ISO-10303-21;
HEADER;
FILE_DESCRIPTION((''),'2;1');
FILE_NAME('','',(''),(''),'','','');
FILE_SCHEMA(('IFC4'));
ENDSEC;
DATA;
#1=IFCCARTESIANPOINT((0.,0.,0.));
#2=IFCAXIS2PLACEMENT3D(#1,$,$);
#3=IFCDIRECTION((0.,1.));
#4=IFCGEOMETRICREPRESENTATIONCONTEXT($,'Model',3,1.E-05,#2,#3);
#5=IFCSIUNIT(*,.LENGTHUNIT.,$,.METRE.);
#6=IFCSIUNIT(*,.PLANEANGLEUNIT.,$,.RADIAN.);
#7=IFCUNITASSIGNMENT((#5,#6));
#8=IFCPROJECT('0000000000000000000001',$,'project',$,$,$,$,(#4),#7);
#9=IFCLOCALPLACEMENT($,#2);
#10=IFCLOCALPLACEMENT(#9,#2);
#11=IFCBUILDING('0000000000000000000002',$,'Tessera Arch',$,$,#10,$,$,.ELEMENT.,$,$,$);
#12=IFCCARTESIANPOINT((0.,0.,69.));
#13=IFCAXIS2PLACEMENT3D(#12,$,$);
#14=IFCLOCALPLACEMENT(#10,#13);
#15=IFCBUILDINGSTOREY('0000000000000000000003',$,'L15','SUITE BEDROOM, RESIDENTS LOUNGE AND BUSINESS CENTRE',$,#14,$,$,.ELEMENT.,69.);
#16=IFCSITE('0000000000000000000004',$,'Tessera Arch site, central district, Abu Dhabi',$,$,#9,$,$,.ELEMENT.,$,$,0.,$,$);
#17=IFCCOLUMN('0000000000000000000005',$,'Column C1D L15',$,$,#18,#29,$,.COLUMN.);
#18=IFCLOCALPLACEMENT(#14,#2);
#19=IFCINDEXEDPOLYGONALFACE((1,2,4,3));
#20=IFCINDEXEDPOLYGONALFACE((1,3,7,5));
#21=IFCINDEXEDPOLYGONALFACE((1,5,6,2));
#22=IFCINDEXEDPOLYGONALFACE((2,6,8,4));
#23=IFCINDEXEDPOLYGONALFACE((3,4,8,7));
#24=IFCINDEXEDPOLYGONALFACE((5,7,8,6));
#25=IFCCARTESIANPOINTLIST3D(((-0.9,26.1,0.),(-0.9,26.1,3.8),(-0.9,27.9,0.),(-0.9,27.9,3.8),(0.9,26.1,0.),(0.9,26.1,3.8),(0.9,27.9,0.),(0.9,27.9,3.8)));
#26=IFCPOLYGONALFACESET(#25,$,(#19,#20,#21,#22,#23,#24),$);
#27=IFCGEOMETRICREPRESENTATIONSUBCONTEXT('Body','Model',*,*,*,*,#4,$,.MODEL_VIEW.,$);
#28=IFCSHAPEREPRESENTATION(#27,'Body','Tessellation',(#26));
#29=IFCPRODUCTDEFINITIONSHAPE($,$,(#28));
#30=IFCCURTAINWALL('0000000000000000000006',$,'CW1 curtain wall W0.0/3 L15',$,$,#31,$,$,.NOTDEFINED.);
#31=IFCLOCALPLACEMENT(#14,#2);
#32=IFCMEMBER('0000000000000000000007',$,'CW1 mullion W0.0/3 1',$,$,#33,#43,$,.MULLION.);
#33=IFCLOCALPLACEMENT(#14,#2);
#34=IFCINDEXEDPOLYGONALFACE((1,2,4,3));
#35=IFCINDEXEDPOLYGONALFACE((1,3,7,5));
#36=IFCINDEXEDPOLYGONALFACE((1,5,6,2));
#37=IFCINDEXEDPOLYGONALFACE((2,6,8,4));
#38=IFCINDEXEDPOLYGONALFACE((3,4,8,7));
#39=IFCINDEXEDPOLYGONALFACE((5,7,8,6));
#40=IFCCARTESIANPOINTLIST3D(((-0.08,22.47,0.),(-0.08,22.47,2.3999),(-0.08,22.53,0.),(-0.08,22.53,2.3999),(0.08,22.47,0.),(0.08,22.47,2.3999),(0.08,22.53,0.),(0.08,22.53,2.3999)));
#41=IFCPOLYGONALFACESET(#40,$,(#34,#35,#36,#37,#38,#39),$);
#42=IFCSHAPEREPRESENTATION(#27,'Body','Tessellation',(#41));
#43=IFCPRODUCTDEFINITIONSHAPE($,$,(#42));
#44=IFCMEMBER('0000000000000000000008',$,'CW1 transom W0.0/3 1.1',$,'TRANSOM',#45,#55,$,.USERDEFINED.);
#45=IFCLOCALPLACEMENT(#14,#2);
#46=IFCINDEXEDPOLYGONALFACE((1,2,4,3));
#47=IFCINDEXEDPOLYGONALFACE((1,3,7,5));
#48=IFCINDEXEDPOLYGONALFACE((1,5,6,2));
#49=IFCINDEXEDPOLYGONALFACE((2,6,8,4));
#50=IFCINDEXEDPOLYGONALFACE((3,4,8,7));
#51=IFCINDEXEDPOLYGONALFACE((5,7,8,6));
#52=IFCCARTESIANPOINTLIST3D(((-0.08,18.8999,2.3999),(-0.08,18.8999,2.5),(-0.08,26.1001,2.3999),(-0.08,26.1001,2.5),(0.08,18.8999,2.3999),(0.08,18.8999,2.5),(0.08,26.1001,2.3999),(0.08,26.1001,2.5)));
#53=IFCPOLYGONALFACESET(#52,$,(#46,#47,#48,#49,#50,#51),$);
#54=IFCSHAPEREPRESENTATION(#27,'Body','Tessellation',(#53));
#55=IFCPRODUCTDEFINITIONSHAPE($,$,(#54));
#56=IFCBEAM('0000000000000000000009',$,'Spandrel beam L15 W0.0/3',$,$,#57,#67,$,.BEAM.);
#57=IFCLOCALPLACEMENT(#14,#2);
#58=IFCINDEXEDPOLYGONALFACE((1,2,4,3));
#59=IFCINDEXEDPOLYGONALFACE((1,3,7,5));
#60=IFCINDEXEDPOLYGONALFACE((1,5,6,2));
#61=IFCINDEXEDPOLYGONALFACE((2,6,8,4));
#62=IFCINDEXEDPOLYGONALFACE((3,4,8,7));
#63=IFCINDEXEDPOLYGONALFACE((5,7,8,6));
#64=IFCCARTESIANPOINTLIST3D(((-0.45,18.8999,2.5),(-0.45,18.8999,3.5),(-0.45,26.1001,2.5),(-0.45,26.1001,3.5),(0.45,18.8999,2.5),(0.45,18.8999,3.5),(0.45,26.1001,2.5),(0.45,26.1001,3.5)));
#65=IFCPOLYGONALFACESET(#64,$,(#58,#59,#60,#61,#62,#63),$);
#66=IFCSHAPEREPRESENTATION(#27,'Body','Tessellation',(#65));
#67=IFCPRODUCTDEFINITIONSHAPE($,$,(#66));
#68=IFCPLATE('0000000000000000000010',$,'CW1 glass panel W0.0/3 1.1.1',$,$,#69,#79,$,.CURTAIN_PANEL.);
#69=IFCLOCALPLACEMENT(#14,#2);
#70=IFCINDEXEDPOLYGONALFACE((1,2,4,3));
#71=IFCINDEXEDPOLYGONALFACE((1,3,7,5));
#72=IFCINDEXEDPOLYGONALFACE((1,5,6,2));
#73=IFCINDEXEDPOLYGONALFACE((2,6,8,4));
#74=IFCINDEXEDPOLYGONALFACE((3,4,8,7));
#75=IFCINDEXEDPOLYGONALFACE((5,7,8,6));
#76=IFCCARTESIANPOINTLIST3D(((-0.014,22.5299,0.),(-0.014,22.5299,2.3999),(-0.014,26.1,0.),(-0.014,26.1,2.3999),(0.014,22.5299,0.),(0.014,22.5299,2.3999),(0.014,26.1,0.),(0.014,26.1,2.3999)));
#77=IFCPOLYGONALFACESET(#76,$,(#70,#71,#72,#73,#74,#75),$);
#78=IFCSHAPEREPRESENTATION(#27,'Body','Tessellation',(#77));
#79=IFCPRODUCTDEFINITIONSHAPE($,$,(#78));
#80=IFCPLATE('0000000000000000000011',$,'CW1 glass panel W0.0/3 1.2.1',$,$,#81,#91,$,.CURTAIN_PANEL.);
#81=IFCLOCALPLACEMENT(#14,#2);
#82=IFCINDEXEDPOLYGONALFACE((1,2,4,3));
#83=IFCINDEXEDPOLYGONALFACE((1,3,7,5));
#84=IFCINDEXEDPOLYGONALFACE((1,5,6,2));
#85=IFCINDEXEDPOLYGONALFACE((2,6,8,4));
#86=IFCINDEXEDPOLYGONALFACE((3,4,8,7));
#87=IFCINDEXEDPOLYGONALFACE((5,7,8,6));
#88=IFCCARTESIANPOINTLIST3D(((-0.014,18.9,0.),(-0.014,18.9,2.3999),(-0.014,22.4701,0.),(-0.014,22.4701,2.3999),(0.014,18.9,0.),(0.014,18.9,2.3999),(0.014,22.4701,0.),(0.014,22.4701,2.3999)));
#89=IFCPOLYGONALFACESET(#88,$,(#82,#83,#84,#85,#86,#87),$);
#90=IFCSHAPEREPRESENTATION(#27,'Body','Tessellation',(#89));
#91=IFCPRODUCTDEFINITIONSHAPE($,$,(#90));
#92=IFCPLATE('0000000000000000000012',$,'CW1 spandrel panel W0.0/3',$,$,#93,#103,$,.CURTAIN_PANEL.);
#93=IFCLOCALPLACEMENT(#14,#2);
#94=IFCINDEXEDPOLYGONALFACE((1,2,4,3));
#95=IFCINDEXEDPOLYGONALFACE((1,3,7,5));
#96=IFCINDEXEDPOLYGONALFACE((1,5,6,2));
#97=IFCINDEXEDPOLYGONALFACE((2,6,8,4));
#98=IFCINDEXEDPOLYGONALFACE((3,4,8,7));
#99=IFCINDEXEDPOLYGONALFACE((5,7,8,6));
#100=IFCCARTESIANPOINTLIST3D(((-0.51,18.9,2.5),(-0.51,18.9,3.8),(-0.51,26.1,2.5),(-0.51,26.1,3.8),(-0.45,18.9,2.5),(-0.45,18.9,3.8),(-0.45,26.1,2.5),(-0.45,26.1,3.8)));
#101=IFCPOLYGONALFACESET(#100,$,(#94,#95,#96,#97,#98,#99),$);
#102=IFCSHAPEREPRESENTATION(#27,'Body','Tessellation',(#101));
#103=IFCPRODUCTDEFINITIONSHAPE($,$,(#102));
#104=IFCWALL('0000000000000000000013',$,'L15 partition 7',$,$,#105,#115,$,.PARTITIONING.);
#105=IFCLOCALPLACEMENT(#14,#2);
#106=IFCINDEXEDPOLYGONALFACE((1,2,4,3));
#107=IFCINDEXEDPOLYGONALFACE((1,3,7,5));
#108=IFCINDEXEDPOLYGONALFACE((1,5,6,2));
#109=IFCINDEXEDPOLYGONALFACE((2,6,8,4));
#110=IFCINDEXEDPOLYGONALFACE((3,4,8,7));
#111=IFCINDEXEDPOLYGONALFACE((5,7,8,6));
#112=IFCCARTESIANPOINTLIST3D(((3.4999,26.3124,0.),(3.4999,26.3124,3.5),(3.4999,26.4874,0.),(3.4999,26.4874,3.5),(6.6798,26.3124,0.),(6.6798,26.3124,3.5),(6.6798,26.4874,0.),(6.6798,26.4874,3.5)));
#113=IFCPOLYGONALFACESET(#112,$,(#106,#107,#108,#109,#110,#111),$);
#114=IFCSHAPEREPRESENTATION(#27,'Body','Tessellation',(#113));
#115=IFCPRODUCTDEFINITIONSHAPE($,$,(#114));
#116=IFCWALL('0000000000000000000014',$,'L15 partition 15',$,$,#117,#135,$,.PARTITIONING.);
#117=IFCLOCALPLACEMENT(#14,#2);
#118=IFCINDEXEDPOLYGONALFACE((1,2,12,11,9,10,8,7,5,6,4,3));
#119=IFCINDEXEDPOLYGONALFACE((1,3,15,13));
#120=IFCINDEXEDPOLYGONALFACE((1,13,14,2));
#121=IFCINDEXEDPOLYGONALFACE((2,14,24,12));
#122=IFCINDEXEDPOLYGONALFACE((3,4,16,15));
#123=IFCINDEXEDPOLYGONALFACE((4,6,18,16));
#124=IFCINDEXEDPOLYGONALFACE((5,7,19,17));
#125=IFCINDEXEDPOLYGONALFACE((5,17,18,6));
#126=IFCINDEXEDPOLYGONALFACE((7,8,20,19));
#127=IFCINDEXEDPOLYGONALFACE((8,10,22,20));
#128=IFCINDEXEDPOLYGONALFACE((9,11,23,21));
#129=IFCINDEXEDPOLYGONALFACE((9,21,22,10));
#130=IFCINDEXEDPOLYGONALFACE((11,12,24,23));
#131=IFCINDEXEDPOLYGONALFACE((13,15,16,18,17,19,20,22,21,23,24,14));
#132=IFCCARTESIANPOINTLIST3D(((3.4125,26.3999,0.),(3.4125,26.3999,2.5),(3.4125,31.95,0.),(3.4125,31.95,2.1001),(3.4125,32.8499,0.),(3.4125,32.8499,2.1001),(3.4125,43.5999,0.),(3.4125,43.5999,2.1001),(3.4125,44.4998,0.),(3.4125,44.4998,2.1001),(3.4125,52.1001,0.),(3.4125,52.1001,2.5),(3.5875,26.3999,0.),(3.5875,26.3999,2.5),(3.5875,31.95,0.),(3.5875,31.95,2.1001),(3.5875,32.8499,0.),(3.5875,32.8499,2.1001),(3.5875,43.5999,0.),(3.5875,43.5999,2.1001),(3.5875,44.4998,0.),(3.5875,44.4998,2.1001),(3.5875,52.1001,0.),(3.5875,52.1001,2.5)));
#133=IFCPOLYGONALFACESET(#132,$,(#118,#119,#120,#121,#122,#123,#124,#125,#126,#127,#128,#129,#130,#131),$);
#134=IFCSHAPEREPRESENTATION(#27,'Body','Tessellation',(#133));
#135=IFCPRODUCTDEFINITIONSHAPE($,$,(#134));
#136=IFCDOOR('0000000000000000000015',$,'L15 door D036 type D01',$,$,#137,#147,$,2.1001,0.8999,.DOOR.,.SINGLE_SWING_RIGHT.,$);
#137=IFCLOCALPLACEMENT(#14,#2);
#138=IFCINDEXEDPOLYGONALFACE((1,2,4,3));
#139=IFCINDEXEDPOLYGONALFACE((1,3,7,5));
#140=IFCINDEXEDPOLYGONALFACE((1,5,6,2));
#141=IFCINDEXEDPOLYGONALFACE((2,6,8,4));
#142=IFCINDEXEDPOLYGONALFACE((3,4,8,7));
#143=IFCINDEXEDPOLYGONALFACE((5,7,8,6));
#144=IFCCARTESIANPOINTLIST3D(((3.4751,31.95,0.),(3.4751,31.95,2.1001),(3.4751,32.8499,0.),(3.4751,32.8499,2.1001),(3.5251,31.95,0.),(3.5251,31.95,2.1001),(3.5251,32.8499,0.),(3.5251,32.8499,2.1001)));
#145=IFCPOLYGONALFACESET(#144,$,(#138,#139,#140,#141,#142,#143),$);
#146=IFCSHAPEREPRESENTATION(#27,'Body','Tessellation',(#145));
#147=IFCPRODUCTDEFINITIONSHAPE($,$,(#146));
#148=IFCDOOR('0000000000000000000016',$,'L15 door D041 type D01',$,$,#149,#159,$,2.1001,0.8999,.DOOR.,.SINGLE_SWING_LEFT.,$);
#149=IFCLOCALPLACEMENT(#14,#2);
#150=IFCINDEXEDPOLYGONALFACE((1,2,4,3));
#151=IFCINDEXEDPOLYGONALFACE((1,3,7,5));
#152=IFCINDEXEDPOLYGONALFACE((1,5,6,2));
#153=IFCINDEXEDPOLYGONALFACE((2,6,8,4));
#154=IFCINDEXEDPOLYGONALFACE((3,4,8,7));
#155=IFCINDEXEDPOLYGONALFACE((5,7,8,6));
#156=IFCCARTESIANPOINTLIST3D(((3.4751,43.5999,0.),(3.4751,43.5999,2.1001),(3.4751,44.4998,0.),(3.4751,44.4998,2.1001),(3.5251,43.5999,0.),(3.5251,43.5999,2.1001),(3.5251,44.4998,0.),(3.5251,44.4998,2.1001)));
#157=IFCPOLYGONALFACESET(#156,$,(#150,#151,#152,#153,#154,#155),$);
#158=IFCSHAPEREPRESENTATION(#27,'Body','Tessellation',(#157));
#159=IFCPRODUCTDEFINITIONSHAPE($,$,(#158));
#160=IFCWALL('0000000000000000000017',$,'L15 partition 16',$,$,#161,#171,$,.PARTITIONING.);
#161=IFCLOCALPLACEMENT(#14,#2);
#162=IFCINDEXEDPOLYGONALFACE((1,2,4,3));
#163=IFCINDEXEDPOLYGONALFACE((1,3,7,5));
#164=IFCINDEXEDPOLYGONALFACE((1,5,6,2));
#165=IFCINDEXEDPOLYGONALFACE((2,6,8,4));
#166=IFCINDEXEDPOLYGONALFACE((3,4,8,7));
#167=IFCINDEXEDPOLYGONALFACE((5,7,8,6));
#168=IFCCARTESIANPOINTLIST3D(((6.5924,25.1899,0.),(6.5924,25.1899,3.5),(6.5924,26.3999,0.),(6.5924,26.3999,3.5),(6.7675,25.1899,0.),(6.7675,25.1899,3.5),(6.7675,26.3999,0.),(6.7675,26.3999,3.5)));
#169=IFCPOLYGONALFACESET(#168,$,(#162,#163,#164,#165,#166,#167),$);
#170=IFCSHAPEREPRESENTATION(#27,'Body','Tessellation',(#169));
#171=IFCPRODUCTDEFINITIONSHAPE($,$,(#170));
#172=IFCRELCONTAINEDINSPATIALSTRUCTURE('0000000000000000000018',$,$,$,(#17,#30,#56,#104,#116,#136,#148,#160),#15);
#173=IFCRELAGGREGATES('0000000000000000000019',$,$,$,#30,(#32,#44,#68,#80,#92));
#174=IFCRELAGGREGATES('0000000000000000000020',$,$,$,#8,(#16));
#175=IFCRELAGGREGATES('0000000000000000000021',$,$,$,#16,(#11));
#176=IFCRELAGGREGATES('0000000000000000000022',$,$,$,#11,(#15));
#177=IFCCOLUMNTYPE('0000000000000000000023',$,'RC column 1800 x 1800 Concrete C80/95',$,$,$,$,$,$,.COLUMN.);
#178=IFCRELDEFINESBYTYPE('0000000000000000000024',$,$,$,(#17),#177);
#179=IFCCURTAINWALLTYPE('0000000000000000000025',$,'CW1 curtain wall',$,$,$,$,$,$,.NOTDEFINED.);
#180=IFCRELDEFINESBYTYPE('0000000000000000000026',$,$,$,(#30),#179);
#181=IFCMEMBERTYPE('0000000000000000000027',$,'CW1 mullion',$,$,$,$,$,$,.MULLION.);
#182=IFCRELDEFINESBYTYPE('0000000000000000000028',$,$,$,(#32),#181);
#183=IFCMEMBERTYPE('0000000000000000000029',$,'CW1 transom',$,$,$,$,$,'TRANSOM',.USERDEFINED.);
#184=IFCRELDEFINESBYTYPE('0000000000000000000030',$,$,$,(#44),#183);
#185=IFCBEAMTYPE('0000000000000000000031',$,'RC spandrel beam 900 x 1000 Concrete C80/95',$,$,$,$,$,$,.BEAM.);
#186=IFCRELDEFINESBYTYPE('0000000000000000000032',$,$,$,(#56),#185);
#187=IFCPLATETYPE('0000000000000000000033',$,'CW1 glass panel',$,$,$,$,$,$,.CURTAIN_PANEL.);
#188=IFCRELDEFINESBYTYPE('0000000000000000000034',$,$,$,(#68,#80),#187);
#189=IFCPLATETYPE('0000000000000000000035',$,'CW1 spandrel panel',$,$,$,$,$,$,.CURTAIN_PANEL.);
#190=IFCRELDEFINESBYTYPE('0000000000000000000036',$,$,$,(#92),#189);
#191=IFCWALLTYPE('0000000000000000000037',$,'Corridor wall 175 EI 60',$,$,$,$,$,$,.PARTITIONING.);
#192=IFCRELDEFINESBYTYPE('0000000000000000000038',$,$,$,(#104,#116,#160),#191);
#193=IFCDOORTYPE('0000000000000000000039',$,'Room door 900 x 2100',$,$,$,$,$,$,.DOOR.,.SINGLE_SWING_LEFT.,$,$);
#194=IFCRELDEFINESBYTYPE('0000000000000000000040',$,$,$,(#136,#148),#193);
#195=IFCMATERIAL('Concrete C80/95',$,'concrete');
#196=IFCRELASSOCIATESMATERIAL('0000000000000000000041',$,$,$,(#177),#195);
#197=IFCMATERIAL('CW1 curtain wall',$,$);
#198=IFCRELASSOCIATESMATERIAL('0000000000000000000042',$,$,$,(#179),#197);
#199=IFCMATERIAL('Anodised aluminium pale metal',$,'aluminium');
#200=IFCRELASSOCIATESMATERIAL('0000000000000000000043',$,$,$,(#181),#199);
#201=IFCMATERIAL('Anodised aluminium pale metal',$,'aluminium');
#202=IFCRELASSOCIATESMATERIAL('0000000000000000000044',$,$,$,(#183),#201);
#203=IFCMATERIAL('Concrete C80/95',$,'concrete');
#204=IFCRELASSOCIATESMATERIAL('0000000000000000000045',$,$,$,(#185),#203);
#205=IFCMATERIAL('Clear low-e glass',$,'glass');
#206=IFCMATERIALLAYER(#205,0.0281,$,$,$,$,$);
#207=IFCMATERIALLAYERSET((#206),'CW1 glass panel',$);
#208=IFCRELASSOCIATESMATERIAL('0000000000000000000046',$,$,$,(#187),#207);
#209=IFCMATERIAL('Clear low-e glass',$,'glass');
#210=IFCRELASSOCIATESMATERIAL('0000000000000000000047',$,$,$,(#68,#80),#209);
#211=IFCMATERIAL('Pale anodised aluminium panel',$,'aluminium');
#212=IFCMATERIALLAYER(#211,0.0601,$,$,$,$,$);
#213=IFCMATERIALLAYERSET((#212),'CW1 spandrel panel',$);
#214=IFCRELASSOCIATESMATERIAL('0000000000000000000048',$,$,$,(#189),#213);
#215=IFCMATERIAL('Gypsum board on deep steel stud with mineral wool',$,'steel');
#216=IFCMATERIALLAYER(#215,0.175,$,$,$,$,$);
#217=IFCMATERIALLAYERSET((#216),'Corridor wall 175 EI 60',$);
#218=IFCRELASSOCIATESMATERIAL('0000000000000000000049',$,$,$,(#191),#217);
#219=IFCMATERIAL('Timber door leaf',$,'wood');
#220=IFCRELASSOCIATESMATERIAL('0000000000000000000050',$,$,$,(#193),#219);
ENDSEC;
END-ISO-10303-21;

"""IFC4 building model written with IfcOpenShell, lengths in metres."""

from ifc_helpers import new_model, si_unit, direction, frame, frame_2d, origin, origin_2d, place, context, subcontext, project, spatial, rectangle, extrude, material, layer, layer_set, material_profile, profile_set, type_object, element, fill, aggregate, save


model = new_model("IFC4")

# Units and contexts
model_context = context("Model", 3, precision=1e-05, world=origin(), true_north=direction((0.0, 1.0)))
body_context = subcontext(model_context, "Body", "Model", "MODEL_VIEW")
ifc_project = project(units=[si_unit("LENGTHUNIT", "METRE"), si_unit("PLANEANGLEUNIT", "RADIAN")], contexts=[model_context])

# Site, building, storey
site_placement = place(None, origin())
site = spatial("IfcSite", under=ifc_project, at=site_placement, Name="Tessera Arch site, central district, Abu Dhabi", CompositionType="ELEMENT", RefElevation=0.0)
building_placement = place(site_placement, origin())
building = spatial("IfcBuilding", under=site, at=building_placement, Name="Tessera Arch", CompositionType="ELEMENT")
storey_placement = place(building_placement, frame((0.0, 0.0, 69.0)))
storey = spatial("IfcBuildingStorey", under=building, at=storey_placement, Name="L15", Description="SUITE BEDROOM, RESIDENTS LOUNGE AND BUSINESS CENTRE", CompositionType="ELEMENT", Elevation=69.0)

# Column
ifc_material_1 = material(Name="Concrete C80/95", Category="concrete")
ifc_material_profile_1 = material_profile(ifc_material_1, rectangle(XDim=1.8, YDim=1.8, at=origin_2d()), Name="RC column 1800 x 1800 Concrete C80/95")
ifc_profile_set_1 = profile_set([ifc_material_profile_1], Name="Concrete C80/95")
column_type = type_object("IfcColumnType", Name="RC column 1800 x 1800 Concrete C80/95", PredefinedType="COLUMN", material=ifc_profile_set_1)
column_placement = place(storey_placement, frame((0.0, 27.0, 0.0), z_axis=(0.0, 0.0, 1.0), x_axis=(1.0, 0.0, 0.0)))
element("IfcColumn", 1, at=column_placement, inside=storey, type_object=column_type, Name="Column C1D L15", PredefinedType="COLUMN", context=body_context, shape_type="SweptSolid", body=[
    extrude(rectangle(XDim=1.8, YDim=1.8, at=origin_2d()), origin(), (0.0, 0.0, 1.0), 3.8),
])

# Curtain wall, members
ifc_material_2 = material(Name="CW1 curtain wall")
curtain_wall_type = type_object("IfcCurtainWallType", Name="CW1 curtain wall", PredefinedType="NOTDEFINED", material=ifc_material_2)
curtain_wall_placement = place(storey_placement, origin())
curtain_wall = element("IfcCurtainWall", 2, at=curtain_wall_placement, inside=storey, type_object=curtain_wall_type, Name="CW1 curtain wall W0.0/3 L15", PredefinedType="NOTDEFINED")
ifc_material_3 = material(Name="Anodised aluminium pale metal", Category="aluminium")
ifc_material_profile_2 = material_profile(ifc_material_3, rectangle(XDim=0.1599, YDim=0.0601, at=origin_2d()), Name="AL 60x160")
ifc_profile_set_2 = profile_set([ifc_material_profile_2], Name="Anodised aluminium pale metal")
member_type_1 = type_object("IfcMemberType", Name="CW1 mullion", PredefinedType="MULLION", material=ifc_profile_set_2)
member_1_placement = place(storey_placement, frame((0.0, 22.5, 0.0), z_axis=(0.0, 0.0, 1.0), x_axis=(1.0, 0.0, 0.0)))
member_1 = element("IfcMember", 3, at=member_1_placement, type_object=member_type_1, Name="CW1 mullion W0.0/3 1", PredefinedType="MULLION", context=body_context, shape_type="SweptSolid", body=[
    extrude(rectangle(XDim=0.1599, YDim=0.0601, at=origin_2d()), origin(), (0.0, 0.0, 1.0), 2.3999),
])
ifc_material_4 = material(Name="Anodised aluminium pale metal", Category="aluminium")
ifc_material_profile_3 = material_profile(ifc_material_4, rectangle(XDim=0.1599, YDim=0.1001, at=origin_2d()), Name="AL 160x100")
ifc_profile_set_3 = profile_set([ifc_material_profile_3], Name="Anodised aluminium pale metal")
member_type_2 = type_object("IfcMemberType", Name="CW1 transom", ElementType="TRANSOM", PredefinedType="USERDEFINED", material=ifc_profile_set_3)
member_2_placement = place(storey_placement, frame((0.0, 26.1001, 2.45), z_axis=(0.0, -1.0, 0.0), x_axis=(1.0, 0.0, 0.0)))
member_2 = element("IfcMember", 4, at=member_2_placement, type_object=member_type_2, Name="CW1 transom W0.0/3 1.1", ObjectType="TRANSOM", PredefinedType="USERDEFINED", context=body_context, shape_type="SweptSolid", body=[
    extrude(rectangle(XDim=0.1599, YDim=0.1001, at=origin_2d()), origin(), (0.0, 0.0, 1.0), 7.2002),
])

# Beam
ifc_material_5 = material(Name="Concrete C80/95", Category="concrete")
ifc_material_profile_4 = material_profile(ifc_material_5, rectangle(XDim=0.8999, YDim=1.0, at=origin_2d()), Name="RC spandrel beam 900 x 1000 Concrete C80/95")
ifc_profile_set_4 = profile_set([ifc_material_profile_4], Name="Concrete C80/95")
beam_type = type_object("IfcBeamType", Name="RC spandrel beam 900 x 1000 Concrete C80/95", PredefinedType="BEAM", material=ifc_profile_set_4)
beam_placement = place(storey_placement, frame((0.0, 26.1001, 3.0), z_axis=(0.0, -1.0, 0.0), x_axis=(1.0, 0.0, 0.0)))
element("IfcBeam", 5, at=beam_placement, inside=storey, type_object=beam_type, Name="Spandrel beam L15 W0.0/3", PredefinedType="BEAM", context=body_context, shape_type="SweptSolid", body=[
    extrude(rectangle(XDim=0.8999, YDim=1.0, at=origin_2d()), origin(), (0.0, 0.0, 1.0), 7.2002),
])

# Plates
ifc_material_6 = material(Name="Clear low-e glass", Category="glass")
ifc_material_7 = material(Name="Clear low-e glass", Category="glass")
ifc_layer_1 = layer(ifc_material_7, 0.0281)
ifc_layer_set_1 = layer_set([ifc_layer_1], Name="CW1 glass panel")
plate_type_1 = type_object("IfcPlateType", Name="CW1 glass panel", PredefinedType="CURTAIN_PANEL", material=ifc_layer_set_1)
plate_1_placement = place(storey_placement, frame((0.0, 24.3149, 0.0), z_axis=(0.0, 0.0, 1.0), x_axis=(0.0, -1.0, 0.0)))
plate_1 = element("IfcPlate", 6, at=plate_1_placement, type_object=plate_type_1, material=ifc_material_6, Name="CW1 glass panel W0.0/3 1.1.1", PredefinedType="CURTAIN_PANEL", context=body_context, shape_type="SweptSolid", body=[
    extrude(rectangle(XDim=3.5701, YDim=0.0281, at=origin_2d()), origin(), (0.0, 0.0, 1.0), 2.3999),
])
plate_2_placement = place(storey_placement, frame((0.0, 20.6851, 0.0), z_axis=(0.0, 0.0, 1.0), x_axis=(0.0, -1.0, 0.0)))
plate_2 = element("IfcPlate", 7, at=plate_2_placement, type_object=plate_type_1, material=ifc_material_6, Name="CW1 glass panel W0.0/3 1.2.1", PredefinedType="CURTAIN_PANEL", context=body_context, shape_type="SweptSolid", body=[
    extrude(rectangle(XDim=3.5701, YDim=0.0281, at=origin_2d()), origin(), (0.0, 0.0, 1.0), 2.3999),
])
ifc_material_8 = material(Name="Pale anodised aluminium panel", Category="aluminium")
ifc_layer_2 = layer(ifc_material_8, 0.0601)
ifc_layer_set_2 = layer_set([ifc_layer_2], Name="CW1 spandrel panel")
plate_type_2 = type_object("IfcPlateType", Name="CW1 spandrel panel", PredefinedType="CURTAIN_PANEL", material=ifc_layer_set_2)
plate_3_placement = place(storey_placement, frame((-0.48, 22.5, 2.5), z_axis=(0.0, 0.0, 1.0), x_axis=(0.0, -1.0, 0.0)))
plate_3 = element("IfcPlate", 8, at=plate_3_placement, type_object=plate_type_2, Name="CW1 spandrel panel W0.0/3", PredefinedType="CURTAIN_PANEL", context=body_context, shape_type="SweptSolid", body=[
    extrude(rectangle(XDim=7.2, YDim=0.0601, at=origin_2d()), origin(), (0.0, 0.0, 1.0), 1.3),
])
aggregate(curtain_wall, [member_1, member_2, plate_1, plate_2, plate_3])

# Wall
ifc_material_9 = material(Name="Gypsum board on deep steel stud with mineral wool", Category="steel")
ifc_layer_3 = layer(ifc_material_9, 0.175)
ifc_layer_set_3 = layer_set([ifc_layer_3], Name="Corridor wall 175 EI 60")
wall_type_1 = type_object("IfcWallType", Name="Corridor wall 175 EI 60", PredefinedType="PARTITIONING", material=ifc_layer_set_3)
wall_1_placement = place(storey_placement, frame((3.5, 26.3999, 0.0), z_axis=(0.0, 0.0, 1.0), x_axis=(1.0, 0.0, 0.0)))
element("IfcWall", 9, at=wall_1_placement, inside=storey, type_object=wall_type_1, Name="L15 partition 7", PredefinedType="PARTITIONING", context=body_context, shape_type="SweptSolid", body=[
    extrude(rectangle(XDim=3.1799, YDim=0.175, at=frame_2d((1.5898, 0.0))), origin(), (0.0, 0.0, 1.0), 3.5),
])

# Wall, openings, doors
wall_2_placement = place(storey_placement, frame((3.5, 26.3999, 0.0), z_axis=(0.0, 0.0, 1.0), x_axis=(0.0, 1.0, 0.0)))
wall_2 = element("IfcWall", 10, at=wall_2_placement, inside=storey, type_object=wall_type_1, Name="L15 partition 15", PredefinedType="PARTITIONING", context=body_context, shape_type="SweptSolid", body=[
    extrude(rectangle(XDim=25.7002, YDim=0.175, at=frame_2d((12.8501, 0.0))), origin(), (0.0, 0.0, 1.0), 2.5),
])
opening_1_placement = place(wall_2_placement, frame((5.55, 0.0, 0.0)))
opening_1 = element("IfcOpeningElement", 11, at=opening_1_placement, cuts=wall_2, PredefinedType="OPENING", context=body_context, shape_type="SweptSolid", body=[
    extrude(rectangle(XDim=0.8999, YDim=2.1001, at=frame_2d((0.45, 1.05))), frame((0.0, 0.0974, 0.0), z_axis=(0.0, -1.0, 0.0), x_axis=(1.0, 0.0, 0.0)), (0.0, 0.0, 1.0), 0.1951),
])
opening_2_placement = place(wall_2_placement, frame((17.2, 0.0, 0.0)))
opening_2 = element("IfcOpeningElement", 12, at=opening_2_placement, cuts=wall_2, PredefinedType="OPENING", context=body_context, shape_type="SweptSolid", body=[
    extrude(rectangle(XDim=0.8999, YDim=2.1001, at=frame_2d((0.45, 1.05))), frame((0.0, 0.0974, 0.0), z_axis=(0.0, -1.0, 0.0), x_axis=(1.0, 0.0, 0.0)), (0.0, 0.0, 1.0), 0.1951),
])
ifc_material_10 = material(Name="Timber door leaf", Category="wood")
door_type = type_object("IfcDoorType", Name="Room door 900 x 2100", OperationType="SINGLE_SWING_LEFT", PredefinedType="DOOR", material=ifc_material_10)
door_1_placement = place(opening_1_placement, origin())
door_1 = element("IfcDoor", 13, at=door_1_placement, inside=storey, type_object=door_type, Name="L15 door D036 type D01", OperationType="SINGLE_SWING_RIGHT", OverallHeight=2.1001, OverallWidth=0.8999, PredefinedType="DOOR", context=body_context, shape_type="SweptSolid", body=[
    extrude(rectangle(XDim=0.8999, YDim=2.1001, at=frame_2d((0.45, 1.05))), frame((0.0, 0.0249, 0.0), z_axis=(0.0, -1.0, 0.0), x_axis=(1.0, 0.0, 0.0)), (0.0, 0.0, 1.0), 0.05),
])
fill(opening_1, door_1)
door_2_placement = place(opening_2_placement, origin())
door_2 = element("IfcDoor", 14, at=door_2_placement, inside=storey, type_object=door_type, Name="L15 door D041 type D01", OperationType="SINGLE_SWING_LEFT", OverallHeight=2.1001, OverallWidth=0.8999, PredefinedType="DOOR", context=body_context, shape_type="SweptSolid", body=[
    extrude(rectangle(XDim=0.8999, YDim=2.1001, at=frame_2d((0.45, 1.05))), frame((0.0, 0.0249, 0.0), z_axis=(0.0, -1.0, 0.0), x_axis=(1.0, 0.0, 0.0)), (0.0, 0.0, 1.0), 0.05),
])
fill(opening_2, door_2)

# Wall
wall_3_placement = place(storey_placement, frame((6.6799, 25.1899, 0.0), z_axis=(0.0, 0.0, 1.0), x_axis=(0.0, 1.0, 0.0)))
element("IfcWall", 15, at=wall_3_placement, inside=storey, type_object=wall_type_1, Name="L15 partition 16", PredefinedType="PARTITIONING", context=body_context, shape_type="SweptSolid", body=[
    extrude(rectangle(XDim=1.21, YDim=0.175, at=frame_2d((0.605, 0.0))), origin(), (0.0, 0.0, 1.0), 3.5),
])

save(model, "model.ifc")
